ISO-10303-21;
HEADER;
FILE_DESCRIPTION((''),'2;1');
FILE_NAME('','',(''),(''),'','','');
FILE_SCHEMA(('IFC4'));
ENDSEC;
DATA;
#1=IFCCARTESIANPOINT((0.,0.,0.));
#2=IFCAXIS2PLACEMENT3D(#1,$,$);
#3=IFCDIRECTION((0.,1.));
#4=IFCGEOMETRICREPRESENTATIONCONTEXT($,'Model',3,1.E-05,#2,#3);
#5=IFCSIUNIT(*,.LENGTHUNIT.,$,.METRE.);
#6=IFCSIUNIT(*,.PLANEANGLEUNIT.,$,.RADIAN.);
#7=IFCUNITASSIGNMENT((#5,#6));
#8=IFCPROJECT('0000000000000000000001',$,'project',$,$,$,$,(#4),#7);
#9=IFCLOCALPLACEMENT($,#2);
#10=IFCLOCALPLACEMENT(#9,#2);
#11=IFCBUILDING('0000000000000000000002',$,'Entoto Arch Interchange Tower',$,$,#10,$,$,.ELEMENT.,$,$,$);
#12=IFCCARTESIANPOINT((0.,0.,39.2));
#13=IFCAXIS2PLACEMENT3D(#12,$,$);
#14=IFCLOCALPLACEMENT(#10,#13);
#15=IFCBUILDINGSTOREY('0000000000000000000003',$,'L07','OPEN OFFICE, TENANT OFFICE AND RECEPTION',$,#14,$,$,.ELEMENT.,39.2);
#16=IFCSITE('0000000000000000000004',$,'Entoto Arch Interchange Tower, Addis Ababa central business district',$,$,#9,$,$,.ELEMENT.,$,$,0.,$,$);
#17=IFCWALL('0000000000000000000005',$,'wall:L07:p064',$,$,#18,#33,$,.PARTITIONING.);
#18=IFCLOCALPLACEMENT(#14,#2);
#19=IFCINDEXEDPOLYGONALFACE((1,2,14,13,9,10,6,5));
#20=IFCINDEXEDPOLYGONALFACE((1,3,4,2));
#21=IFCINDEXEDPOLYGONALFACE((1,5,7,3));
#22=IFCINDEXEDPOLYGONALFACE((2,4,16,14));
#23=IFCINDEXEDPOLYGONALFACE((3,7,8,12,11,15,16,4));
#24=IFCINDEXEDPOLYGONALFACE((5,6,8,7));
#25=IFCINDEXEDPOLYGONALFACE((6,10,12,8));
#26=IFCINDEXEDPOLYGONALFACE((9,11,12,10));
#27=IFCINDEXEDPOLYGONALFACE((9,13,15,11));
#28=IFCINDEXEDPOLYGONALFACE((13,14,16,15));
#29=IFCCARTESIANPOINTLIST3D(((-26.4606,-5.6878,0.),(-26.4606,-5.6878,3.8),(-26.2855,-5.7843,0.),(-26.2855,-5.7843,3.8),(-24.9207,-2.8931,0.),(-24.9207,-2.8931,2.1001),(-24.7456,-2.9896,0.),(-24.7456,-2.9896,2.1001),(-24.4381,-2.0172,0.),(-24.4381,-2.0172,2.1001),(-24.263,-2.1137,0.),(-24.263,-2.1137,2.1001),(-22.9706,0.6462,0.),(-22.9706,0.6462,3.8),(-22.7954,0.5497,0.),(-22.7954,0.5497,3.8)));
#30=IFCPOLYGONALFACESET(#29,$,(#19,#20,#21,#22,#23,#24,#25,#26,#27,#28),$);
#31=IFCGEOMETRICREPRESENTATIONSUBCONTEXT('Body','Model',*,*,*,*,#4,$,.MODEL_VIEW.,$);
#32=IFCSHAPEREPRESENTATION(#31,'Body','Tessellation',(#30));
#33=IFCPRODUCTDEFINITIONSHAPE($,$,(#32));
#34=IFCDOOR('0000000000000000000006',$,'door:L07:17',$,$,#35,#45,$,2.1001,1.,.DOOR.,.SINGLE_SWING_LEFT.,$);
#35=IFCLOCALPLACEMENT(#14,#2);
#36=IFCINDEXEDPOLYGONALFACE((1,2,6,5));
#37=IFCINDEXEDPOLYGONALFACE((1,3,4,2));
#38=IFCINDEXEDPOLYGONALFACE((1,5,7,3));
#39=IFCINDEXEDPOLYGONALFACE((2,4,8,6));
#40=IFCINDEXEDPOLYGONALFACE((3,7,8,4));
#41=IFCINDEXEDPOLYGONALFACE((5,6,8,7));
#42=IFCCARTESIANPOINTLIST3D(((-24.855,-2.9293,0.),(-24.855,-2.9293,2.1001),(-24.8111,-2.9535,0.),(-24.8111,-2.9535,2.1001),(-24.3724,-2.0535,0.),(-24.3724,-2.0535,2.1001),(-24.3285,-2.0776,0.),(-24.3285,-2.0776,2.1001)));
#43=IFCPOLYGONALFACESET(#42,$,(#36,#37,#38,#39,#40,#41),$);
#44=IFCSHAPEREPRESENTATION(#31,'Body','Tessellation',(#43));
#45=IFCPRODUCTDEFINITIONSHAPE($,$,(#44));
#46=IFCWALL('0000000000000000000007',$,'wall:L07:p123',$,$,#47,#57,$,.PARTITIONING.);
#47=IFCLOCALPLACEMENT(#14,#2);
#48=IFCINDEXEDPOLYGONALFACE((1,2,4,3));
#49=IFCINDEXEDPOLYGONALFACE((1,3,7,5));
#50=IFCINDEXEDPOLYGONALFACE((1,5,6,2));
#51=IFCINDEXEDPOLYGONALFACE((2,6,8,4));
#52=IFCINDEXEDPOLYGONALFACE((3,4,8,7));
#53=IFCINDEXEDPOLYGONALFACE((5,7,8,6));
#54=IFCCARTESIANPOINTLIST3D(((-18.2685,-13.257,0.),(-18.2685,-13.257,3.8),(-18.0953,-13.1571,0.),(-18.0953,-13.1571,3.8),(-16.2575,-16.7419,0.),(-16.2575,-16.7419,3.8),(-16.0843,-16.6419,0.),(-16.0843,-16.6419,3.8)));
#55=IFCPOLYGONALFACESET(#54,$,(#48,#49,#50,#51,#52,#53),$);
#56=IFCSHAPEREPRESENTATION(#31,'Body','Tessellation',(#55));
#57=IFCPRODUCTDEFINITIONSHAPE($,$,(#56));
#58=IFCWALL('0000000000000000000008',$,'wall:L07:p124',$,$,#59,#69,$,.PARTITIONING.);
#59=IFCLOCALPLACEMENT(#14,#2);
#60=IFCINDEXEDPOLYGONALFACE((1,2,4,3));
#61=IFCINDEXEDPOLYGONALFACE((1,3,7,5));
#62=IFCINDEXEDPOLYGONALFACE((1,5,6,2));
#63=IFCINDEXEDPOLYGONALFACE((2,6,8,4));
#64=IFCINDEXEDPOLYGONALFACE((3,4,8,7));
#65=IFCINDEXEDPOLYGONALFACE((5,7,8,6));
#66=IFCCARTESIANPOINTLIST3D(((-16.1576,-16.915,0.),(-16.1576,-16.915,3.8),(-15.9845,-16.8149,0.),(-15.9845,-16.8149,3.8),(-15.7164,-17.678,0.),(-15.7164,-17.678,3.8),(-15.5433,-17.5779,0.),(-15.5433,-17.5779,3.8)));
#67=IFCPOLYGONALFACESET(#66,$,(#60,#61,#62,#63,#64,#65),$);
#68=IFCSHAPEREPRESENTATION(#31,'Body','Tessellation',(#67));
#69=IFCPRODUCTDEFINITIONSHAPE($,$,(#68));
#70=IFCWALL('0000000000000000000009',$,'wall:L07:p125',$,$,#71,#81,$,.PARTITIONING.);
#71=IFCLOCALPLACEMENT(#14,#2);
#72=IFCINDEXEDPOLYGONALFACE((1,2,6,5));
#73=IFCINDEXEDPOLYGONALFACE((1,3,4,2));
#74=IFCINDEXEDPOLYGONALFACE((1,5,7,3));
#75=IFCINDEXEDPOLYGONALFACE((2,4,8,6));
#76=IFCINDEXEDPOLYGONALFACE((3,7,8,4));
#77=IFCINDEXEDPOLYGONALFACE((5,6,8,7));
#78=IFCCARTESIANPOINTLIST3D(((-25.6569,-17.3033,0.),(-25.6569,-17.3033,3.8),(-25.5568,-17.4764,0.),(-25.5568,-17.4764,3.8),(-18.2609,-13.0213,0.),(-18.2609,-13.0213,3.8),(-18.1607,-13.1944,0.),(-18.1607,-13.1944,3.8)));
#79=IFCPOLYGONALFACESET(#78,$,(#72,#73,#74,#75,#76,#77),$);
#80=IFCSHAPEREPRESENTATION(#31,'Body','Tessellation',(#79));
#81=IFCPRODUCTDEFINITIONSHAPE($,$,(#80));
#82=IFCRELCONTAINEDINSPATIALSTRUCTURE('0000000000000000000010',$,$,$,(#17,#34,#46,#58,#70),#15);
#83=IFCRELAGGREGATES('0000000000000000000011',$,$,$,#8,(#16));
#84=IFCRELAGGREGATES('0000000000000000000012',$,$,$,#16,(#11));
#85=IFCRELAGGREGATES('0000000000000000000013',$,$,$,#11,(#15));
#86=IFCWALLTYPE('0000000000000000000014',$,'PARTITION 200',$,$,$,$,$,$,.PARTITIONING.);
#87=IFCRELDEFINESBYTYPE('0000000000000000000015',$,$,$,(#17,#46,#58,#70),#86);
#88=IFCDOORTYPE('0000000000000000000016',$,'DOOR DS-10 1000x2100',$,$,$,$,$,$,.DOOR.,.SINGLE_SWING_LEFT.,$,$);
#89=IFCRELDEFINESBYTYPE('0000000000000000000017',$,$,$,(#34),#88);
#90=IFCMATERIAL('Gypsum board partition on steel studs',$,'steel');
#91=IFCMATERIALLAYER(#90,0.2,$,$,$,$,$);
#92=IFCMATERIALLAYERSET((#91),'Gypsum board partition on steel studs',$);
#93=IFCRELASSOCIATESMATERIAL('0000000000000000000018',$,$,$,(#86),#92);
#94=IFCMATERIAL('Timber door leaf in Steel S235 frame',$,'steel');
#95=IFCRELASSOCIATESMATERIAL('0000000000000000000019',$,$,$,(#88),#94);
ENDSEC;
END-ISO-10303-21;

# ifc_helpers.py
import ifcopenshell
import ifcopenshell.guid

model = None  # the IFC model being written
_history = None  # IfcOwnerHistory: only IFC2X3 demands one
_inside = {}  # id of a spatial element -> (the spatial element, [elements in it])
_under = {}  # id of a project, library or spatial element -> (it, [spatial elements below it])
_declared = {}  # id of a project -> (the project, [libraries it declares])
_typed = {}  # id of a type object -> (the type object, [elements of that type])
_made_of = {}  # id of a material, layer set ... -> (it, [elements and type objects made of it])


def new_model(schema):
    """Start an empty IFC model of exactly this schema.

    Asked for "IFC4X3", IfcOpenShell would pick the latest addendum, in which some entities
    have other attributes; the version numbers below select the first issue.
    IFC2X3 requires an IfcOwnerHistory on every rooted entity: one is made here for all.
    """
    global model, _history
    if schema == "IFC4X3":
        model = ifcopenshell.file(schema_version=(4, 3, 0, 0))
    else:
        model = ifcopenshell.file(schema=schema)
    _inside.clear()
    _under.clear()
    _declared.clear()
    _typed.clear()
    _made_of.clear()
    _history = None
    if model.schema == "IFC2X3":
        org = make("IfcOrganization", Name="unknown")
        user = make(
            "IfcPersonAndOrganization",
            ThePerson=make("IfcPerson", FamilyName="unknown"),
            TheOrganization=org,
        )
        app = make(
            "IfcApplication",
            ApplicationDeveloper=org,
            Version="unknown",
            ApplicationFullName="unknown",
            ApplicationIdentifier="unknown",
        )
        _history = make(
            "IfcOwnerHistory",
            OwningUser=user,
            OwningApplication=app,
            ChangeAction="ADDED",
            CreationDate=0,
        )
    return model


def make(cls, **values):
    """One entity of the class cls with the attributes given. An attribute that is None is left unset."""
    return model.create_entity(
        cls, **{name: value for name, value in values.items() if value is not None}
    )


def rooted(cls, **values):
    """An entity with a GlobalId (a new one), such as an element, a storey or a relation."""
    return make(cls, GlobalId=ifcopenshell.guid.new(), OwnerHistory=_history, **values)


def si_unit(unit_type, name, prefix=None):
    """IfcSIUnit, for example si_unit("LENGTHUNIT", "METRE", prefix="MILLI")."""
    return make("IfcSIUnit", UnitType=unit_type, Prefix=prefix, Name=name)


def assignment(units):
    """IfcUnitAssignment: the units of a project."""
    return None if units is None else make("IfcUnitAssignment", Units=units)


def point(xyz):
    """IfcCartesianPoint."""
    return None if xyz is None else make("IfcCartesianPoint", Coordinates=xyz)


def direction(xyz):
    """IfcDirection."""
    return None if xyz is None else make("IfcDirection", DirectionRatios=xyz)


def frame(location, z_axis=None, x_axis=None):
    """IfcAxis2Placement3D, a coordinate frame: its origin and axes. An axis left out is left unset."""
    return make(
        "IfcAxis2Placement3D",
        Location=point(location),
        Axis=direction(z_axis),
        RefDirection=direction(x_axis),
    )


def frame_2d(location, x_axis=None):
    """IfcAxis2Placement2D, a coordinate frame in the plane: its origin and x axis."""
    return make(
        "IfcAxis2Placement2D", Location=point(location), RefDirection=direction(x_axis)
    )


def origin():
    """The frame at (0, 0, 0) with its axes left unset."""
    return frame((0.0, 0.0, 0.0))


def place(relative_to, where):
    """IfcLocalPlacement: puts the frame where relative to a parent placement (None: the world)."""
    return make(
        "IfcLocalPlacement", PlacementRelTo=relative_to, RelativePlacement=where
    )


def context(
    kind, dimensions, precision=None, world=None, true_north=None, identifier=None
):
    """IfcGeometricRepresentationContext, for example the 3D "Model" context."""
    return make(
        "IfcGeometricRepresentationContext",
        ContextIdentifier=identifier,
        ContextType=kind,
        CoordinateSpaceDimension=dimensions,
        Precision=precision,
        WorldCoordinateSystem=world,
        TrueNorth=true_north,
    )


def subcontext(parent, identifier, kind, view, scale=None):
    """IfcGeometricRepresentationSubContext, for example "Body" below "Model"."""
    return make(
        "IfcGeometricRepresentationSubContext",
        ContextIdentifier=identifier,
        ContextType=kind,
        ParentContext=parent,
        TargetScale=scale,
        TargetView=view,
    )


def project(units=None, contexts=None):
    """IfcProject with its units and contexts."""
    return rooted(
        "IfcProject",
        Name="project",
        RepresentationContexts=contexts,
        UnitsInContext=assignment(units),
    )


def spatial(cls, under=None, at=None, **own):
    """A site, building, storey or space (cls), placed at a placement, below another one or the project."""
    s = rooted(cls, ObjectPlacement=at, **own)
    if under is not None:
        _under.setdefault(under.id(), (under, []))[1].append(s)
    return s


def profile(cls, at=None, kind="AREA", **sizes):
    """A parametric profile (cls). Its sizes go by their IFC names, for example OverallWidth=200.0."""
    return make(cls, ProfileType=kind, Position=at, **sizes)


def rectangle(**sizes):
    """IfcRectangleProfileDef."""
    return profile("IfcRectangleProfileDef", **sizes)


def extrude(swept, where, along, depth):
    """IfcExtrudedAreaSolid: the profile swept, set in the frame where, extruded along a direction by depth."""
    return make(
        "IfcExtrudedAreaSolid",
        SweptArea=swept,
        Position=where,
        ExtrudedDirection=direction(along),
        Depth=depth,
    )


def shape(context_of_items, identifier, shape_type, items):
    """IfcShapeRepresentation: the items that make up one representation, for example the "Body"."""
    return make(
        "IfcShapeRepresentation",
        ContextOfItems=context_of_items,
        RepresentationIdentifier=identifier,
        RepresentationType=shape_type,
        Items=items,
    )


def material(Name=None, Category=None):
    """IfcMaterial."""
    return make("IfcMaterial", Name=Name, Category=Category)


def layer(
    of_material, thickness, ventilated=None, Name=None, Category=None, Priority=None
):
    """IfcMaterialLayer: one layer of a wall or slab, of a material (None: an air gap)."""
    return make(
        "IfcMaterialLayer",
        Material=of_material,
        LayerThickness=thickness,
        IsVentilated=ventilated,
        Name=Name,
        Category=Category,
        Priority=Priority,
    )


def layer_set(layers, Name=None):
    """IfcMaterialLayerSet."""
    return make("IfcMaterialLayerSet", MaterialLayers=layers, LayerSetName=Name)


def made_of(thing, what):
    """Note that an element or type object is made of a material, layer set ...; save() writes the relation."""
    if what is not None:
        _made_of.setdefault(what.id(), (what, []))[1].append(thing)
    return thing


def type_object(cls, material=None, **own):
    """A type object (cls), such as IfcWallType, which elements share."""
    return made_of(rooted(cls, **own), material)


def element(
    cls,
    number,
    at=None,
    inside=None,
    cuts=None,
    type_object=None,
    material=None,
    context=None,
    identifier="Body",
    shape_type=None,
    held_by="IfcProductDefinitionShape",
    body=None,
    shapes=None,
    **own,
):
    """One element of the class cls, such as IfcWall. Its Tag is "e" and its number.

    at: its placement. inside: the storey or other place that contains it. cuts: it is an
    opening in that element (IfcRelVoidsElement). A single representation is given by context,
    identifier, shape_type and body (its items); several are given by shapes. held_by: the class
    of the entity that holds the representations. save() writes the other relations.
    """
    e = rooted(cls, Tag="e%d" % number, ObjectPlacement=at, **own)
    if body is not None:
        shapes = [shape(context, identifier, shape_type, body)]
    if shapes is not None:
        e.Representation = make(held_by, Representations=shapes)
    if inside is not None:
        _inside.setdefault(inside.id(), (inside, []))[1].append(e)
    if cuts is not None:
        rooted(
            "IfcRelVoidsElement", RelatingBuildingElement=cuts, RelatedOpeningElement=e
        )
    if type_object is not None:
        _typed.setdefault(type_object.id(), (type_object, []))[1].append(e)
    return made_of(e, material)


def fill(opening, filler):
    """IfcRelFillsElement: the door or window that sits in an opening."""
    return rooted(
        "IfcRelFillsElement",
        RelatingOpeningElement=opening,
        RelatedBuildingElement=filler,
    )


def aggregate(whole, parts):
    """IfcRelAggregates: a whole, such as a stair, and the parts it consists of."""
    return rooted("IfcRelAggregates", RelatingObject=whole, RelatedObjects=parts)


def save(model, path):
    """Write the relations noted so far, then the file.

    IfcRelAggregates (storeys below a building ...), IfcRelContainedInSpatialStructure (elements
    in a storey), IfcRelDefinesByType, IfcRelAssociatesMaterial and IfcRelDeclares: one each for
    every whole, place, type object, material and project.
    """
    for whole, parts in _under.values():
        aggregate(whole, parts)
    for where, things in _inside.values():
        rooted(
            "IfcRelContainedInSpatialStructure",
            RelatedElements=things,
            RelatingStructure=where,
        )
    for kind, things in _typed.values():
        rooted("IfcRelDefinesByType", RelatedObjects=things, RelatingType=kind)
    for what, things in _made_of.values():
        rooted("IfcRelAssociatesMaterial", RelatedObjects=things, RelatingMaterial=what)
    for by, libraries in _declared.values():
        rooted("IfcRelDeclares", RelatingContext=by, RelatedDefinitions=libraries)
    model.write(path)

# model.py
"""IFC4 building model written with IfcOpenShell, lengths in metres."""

from ifc_helpers import new_model, si_unit, direction, frame, frame_2d, origin, place, context, subcontext, project, spatial, rectangle, extrude, material, layer, layer_set, type_object, element, fill, save


model = new_model("IFC4")

# Units and contexts
model_context = context("Model", 3, precision=1e-05, world=origin(), true_north=direction((0.0, 1.0)))
body_context = subcontext(model_context, "Body", "Model", "MODEL_VIEW")
ifc_project = project(units=[si_unit("LENGTHUNIT", "METRE"), si_unit("PLANEANGLEUNIT", "RADIAN")], contexts=[model_context])

# Site, building, storey
site_placement = place(None, origin())
site = spatial("IfcSite", under=ifc_project, at=site_placement, Name="Entoto Arch Interchange Tower, Addis Ababa central business district", CompositionType="ELEMENT", RefElevation=0.0)
building_placement = place(site_placement, origin())
building = spatial("IfcBuilding", under=site, at=building_placement, Name="Entoto Arch Interchange Tower", CompositionType="ELEMENT")
storey_placement = place(building_placement, frame((0.0, 0.0, 39.2)))
storey = spatial("IfcBuildingStorey", under=building, at=storey_placement, Name="L07", Description="OPEN OFFICE, TENANT OFFICE AND RECEPTION", CompositionType="ELEMENT", Elevation=39.2)

# Shared definitions
ifc_material_1 = material(Name="Gypsum board partition on steel studs", Category="steel")
ifc_layer_1 = layer(ifc_material_1, 0.2)
ifc_layer_set_1 = layer_set([ifc_layer_1], Name="Gypsum board partition on steel studs")
wall_type_1 = type_object("IfcWallType", Name="PARTITION 200", PredefinedType="PARTITIONING", material=ifc_layer_set_1)

# Shared definitions
ifc_material_2 = material(Name="Timber door leaf in Steel S235 frame", Category="steel")
door_type = type_object("IfcDoorType", Name="DOOR DS-10 1000x2100", OperationType="SINGLE_SWING_LEFT", PredefinedType="DOOR", material=ifc_material_2)

# Wall, opening, door
wall_1_placement = place(storey_placement, frame((-26.373, -5.7361, 0.0), z_axis=(0.0, 0.0, 1.0), x_axis=(0.482587, 0.875848, 0.0)))
wall_1 = element("IfcWall", 1, at=wall_1_placement, inside=storey, type_object=wall_type_1, Name="wall:L07:p064", PredefinedType="PARTITIONING", context=body_context, shape_type="SweptSolid", body=[
    extrude(rectangle(XDim=7.2319, YDim=0.2, at=frame_2d((3.616, 0.0))), origin(), (0.0, 0.0, 1.0), 3.8),
])
opening_1_placement = place(wall_1_placement, frame((3.1909, 0.0, 0.0)))
opening_1 = element("IfcOpeningElement", 2, at=opening_1_placement, cuts=wall_1, PredefinedType="OPENING", context=body_context, shape_type="SweptSolid", body=[
    extrude(rectangle(XDim=1.0, YDim=2.1001, at=frame_2d((0.5, 1.05))), frame((0.0, 0.1099, 0.0), z_axis=(0.0, -1.0, 0.0), x_axis=(1.0, 0.0, 0.0)), (0.0, 0.0, 1.0), 0.22),
])
door_1_placement = place(opening_1_placement, origin())
door_1 = element("IfcDoor", 3, at=door_1_placement, inside=storey, type_object=door_type, Name="door:L07:17", OperationType="SINGLE_SWING_LEFT", OverallHeight=2.1001, OverallWidth=1.0, PredefinedType="DOOR", context=body_context, shape_type="SweptSolid", body=[
    extrude(rectangle(XDim=1.0, YDim=2.1001, at=frame_2d((0.5, 1.05))), frame((0.0, 0.0249, 0.0), z_axis=(0.0, -1.0, 0.0), x_axis=(1.0, 0.0, 0.0)), (0.0, 0.0, 1.0), 0.05),
])
fill(opening_1, door_1)

# Walls
wall_2_placement = place(storey_placement, frame((-16.1709, -16.6919, 0.0), z_axis=(0.0, 0.0, 1.0), x_axis=(-0.499814, 0.866133, 0.0)))
element("IfcWall", 4, at=wall_2_placement, inside=storey, type_object=wall_type_1, Name="wall:L07:p123", PredefinedType="PARTITIONING", context=body_context, shape_type="SweptSolid", body=[
    extrude(rectangle(XDim=4.0234, YDim=0.2, at=frame_2d((2.0117, 0.0))), origin(), (0.0, 0.0, 1.0), 3.8),
])
wall_3_placement = place(storey_placement, frame((-15.6299, -17.6279, 0.0), z_axis=(0.0, 0.0, 1.0), x_axis=(-0.500578, 0.865692, 0.0)))
element("IfcWall", 5, at=wall_3_placement, inside=storey, type_object=wall_type_1, Name="wall:L07:p124", PredefinedType="PARTITIONING", context=body_context, shape_type="SweptSolid", body=[
    extrude(rectangle(XDim=0.8813, YDim=0.2, at=frame_2d((0.4407, 0.0))), origin(), (0.0, 0.0, 1.0), 3.8),
])
wall_4_placement = place(storey_placement, frame((-18.2109, -13.1079, 0.0), z_axis=(0.0, 0.0, 1.0), x_axis=(-0.865422, -0.501044, 0.0)))
element("IfcWall", 6, at=wall_4_placement, inside=storey, type_object=wall_type_1, Name="wall:L07:p125", PredefinedType="PARTITIONING", context=body_context, shape_type="SweptSolid", body=[
    extrude(rectangle(XDim=8.5461, YDim=0.2, at=frame_2d((4.2729, 0.0))), origin(), (0.0, 0.0, 1.0), 3.8),
])

save(model, "model.ifc")
